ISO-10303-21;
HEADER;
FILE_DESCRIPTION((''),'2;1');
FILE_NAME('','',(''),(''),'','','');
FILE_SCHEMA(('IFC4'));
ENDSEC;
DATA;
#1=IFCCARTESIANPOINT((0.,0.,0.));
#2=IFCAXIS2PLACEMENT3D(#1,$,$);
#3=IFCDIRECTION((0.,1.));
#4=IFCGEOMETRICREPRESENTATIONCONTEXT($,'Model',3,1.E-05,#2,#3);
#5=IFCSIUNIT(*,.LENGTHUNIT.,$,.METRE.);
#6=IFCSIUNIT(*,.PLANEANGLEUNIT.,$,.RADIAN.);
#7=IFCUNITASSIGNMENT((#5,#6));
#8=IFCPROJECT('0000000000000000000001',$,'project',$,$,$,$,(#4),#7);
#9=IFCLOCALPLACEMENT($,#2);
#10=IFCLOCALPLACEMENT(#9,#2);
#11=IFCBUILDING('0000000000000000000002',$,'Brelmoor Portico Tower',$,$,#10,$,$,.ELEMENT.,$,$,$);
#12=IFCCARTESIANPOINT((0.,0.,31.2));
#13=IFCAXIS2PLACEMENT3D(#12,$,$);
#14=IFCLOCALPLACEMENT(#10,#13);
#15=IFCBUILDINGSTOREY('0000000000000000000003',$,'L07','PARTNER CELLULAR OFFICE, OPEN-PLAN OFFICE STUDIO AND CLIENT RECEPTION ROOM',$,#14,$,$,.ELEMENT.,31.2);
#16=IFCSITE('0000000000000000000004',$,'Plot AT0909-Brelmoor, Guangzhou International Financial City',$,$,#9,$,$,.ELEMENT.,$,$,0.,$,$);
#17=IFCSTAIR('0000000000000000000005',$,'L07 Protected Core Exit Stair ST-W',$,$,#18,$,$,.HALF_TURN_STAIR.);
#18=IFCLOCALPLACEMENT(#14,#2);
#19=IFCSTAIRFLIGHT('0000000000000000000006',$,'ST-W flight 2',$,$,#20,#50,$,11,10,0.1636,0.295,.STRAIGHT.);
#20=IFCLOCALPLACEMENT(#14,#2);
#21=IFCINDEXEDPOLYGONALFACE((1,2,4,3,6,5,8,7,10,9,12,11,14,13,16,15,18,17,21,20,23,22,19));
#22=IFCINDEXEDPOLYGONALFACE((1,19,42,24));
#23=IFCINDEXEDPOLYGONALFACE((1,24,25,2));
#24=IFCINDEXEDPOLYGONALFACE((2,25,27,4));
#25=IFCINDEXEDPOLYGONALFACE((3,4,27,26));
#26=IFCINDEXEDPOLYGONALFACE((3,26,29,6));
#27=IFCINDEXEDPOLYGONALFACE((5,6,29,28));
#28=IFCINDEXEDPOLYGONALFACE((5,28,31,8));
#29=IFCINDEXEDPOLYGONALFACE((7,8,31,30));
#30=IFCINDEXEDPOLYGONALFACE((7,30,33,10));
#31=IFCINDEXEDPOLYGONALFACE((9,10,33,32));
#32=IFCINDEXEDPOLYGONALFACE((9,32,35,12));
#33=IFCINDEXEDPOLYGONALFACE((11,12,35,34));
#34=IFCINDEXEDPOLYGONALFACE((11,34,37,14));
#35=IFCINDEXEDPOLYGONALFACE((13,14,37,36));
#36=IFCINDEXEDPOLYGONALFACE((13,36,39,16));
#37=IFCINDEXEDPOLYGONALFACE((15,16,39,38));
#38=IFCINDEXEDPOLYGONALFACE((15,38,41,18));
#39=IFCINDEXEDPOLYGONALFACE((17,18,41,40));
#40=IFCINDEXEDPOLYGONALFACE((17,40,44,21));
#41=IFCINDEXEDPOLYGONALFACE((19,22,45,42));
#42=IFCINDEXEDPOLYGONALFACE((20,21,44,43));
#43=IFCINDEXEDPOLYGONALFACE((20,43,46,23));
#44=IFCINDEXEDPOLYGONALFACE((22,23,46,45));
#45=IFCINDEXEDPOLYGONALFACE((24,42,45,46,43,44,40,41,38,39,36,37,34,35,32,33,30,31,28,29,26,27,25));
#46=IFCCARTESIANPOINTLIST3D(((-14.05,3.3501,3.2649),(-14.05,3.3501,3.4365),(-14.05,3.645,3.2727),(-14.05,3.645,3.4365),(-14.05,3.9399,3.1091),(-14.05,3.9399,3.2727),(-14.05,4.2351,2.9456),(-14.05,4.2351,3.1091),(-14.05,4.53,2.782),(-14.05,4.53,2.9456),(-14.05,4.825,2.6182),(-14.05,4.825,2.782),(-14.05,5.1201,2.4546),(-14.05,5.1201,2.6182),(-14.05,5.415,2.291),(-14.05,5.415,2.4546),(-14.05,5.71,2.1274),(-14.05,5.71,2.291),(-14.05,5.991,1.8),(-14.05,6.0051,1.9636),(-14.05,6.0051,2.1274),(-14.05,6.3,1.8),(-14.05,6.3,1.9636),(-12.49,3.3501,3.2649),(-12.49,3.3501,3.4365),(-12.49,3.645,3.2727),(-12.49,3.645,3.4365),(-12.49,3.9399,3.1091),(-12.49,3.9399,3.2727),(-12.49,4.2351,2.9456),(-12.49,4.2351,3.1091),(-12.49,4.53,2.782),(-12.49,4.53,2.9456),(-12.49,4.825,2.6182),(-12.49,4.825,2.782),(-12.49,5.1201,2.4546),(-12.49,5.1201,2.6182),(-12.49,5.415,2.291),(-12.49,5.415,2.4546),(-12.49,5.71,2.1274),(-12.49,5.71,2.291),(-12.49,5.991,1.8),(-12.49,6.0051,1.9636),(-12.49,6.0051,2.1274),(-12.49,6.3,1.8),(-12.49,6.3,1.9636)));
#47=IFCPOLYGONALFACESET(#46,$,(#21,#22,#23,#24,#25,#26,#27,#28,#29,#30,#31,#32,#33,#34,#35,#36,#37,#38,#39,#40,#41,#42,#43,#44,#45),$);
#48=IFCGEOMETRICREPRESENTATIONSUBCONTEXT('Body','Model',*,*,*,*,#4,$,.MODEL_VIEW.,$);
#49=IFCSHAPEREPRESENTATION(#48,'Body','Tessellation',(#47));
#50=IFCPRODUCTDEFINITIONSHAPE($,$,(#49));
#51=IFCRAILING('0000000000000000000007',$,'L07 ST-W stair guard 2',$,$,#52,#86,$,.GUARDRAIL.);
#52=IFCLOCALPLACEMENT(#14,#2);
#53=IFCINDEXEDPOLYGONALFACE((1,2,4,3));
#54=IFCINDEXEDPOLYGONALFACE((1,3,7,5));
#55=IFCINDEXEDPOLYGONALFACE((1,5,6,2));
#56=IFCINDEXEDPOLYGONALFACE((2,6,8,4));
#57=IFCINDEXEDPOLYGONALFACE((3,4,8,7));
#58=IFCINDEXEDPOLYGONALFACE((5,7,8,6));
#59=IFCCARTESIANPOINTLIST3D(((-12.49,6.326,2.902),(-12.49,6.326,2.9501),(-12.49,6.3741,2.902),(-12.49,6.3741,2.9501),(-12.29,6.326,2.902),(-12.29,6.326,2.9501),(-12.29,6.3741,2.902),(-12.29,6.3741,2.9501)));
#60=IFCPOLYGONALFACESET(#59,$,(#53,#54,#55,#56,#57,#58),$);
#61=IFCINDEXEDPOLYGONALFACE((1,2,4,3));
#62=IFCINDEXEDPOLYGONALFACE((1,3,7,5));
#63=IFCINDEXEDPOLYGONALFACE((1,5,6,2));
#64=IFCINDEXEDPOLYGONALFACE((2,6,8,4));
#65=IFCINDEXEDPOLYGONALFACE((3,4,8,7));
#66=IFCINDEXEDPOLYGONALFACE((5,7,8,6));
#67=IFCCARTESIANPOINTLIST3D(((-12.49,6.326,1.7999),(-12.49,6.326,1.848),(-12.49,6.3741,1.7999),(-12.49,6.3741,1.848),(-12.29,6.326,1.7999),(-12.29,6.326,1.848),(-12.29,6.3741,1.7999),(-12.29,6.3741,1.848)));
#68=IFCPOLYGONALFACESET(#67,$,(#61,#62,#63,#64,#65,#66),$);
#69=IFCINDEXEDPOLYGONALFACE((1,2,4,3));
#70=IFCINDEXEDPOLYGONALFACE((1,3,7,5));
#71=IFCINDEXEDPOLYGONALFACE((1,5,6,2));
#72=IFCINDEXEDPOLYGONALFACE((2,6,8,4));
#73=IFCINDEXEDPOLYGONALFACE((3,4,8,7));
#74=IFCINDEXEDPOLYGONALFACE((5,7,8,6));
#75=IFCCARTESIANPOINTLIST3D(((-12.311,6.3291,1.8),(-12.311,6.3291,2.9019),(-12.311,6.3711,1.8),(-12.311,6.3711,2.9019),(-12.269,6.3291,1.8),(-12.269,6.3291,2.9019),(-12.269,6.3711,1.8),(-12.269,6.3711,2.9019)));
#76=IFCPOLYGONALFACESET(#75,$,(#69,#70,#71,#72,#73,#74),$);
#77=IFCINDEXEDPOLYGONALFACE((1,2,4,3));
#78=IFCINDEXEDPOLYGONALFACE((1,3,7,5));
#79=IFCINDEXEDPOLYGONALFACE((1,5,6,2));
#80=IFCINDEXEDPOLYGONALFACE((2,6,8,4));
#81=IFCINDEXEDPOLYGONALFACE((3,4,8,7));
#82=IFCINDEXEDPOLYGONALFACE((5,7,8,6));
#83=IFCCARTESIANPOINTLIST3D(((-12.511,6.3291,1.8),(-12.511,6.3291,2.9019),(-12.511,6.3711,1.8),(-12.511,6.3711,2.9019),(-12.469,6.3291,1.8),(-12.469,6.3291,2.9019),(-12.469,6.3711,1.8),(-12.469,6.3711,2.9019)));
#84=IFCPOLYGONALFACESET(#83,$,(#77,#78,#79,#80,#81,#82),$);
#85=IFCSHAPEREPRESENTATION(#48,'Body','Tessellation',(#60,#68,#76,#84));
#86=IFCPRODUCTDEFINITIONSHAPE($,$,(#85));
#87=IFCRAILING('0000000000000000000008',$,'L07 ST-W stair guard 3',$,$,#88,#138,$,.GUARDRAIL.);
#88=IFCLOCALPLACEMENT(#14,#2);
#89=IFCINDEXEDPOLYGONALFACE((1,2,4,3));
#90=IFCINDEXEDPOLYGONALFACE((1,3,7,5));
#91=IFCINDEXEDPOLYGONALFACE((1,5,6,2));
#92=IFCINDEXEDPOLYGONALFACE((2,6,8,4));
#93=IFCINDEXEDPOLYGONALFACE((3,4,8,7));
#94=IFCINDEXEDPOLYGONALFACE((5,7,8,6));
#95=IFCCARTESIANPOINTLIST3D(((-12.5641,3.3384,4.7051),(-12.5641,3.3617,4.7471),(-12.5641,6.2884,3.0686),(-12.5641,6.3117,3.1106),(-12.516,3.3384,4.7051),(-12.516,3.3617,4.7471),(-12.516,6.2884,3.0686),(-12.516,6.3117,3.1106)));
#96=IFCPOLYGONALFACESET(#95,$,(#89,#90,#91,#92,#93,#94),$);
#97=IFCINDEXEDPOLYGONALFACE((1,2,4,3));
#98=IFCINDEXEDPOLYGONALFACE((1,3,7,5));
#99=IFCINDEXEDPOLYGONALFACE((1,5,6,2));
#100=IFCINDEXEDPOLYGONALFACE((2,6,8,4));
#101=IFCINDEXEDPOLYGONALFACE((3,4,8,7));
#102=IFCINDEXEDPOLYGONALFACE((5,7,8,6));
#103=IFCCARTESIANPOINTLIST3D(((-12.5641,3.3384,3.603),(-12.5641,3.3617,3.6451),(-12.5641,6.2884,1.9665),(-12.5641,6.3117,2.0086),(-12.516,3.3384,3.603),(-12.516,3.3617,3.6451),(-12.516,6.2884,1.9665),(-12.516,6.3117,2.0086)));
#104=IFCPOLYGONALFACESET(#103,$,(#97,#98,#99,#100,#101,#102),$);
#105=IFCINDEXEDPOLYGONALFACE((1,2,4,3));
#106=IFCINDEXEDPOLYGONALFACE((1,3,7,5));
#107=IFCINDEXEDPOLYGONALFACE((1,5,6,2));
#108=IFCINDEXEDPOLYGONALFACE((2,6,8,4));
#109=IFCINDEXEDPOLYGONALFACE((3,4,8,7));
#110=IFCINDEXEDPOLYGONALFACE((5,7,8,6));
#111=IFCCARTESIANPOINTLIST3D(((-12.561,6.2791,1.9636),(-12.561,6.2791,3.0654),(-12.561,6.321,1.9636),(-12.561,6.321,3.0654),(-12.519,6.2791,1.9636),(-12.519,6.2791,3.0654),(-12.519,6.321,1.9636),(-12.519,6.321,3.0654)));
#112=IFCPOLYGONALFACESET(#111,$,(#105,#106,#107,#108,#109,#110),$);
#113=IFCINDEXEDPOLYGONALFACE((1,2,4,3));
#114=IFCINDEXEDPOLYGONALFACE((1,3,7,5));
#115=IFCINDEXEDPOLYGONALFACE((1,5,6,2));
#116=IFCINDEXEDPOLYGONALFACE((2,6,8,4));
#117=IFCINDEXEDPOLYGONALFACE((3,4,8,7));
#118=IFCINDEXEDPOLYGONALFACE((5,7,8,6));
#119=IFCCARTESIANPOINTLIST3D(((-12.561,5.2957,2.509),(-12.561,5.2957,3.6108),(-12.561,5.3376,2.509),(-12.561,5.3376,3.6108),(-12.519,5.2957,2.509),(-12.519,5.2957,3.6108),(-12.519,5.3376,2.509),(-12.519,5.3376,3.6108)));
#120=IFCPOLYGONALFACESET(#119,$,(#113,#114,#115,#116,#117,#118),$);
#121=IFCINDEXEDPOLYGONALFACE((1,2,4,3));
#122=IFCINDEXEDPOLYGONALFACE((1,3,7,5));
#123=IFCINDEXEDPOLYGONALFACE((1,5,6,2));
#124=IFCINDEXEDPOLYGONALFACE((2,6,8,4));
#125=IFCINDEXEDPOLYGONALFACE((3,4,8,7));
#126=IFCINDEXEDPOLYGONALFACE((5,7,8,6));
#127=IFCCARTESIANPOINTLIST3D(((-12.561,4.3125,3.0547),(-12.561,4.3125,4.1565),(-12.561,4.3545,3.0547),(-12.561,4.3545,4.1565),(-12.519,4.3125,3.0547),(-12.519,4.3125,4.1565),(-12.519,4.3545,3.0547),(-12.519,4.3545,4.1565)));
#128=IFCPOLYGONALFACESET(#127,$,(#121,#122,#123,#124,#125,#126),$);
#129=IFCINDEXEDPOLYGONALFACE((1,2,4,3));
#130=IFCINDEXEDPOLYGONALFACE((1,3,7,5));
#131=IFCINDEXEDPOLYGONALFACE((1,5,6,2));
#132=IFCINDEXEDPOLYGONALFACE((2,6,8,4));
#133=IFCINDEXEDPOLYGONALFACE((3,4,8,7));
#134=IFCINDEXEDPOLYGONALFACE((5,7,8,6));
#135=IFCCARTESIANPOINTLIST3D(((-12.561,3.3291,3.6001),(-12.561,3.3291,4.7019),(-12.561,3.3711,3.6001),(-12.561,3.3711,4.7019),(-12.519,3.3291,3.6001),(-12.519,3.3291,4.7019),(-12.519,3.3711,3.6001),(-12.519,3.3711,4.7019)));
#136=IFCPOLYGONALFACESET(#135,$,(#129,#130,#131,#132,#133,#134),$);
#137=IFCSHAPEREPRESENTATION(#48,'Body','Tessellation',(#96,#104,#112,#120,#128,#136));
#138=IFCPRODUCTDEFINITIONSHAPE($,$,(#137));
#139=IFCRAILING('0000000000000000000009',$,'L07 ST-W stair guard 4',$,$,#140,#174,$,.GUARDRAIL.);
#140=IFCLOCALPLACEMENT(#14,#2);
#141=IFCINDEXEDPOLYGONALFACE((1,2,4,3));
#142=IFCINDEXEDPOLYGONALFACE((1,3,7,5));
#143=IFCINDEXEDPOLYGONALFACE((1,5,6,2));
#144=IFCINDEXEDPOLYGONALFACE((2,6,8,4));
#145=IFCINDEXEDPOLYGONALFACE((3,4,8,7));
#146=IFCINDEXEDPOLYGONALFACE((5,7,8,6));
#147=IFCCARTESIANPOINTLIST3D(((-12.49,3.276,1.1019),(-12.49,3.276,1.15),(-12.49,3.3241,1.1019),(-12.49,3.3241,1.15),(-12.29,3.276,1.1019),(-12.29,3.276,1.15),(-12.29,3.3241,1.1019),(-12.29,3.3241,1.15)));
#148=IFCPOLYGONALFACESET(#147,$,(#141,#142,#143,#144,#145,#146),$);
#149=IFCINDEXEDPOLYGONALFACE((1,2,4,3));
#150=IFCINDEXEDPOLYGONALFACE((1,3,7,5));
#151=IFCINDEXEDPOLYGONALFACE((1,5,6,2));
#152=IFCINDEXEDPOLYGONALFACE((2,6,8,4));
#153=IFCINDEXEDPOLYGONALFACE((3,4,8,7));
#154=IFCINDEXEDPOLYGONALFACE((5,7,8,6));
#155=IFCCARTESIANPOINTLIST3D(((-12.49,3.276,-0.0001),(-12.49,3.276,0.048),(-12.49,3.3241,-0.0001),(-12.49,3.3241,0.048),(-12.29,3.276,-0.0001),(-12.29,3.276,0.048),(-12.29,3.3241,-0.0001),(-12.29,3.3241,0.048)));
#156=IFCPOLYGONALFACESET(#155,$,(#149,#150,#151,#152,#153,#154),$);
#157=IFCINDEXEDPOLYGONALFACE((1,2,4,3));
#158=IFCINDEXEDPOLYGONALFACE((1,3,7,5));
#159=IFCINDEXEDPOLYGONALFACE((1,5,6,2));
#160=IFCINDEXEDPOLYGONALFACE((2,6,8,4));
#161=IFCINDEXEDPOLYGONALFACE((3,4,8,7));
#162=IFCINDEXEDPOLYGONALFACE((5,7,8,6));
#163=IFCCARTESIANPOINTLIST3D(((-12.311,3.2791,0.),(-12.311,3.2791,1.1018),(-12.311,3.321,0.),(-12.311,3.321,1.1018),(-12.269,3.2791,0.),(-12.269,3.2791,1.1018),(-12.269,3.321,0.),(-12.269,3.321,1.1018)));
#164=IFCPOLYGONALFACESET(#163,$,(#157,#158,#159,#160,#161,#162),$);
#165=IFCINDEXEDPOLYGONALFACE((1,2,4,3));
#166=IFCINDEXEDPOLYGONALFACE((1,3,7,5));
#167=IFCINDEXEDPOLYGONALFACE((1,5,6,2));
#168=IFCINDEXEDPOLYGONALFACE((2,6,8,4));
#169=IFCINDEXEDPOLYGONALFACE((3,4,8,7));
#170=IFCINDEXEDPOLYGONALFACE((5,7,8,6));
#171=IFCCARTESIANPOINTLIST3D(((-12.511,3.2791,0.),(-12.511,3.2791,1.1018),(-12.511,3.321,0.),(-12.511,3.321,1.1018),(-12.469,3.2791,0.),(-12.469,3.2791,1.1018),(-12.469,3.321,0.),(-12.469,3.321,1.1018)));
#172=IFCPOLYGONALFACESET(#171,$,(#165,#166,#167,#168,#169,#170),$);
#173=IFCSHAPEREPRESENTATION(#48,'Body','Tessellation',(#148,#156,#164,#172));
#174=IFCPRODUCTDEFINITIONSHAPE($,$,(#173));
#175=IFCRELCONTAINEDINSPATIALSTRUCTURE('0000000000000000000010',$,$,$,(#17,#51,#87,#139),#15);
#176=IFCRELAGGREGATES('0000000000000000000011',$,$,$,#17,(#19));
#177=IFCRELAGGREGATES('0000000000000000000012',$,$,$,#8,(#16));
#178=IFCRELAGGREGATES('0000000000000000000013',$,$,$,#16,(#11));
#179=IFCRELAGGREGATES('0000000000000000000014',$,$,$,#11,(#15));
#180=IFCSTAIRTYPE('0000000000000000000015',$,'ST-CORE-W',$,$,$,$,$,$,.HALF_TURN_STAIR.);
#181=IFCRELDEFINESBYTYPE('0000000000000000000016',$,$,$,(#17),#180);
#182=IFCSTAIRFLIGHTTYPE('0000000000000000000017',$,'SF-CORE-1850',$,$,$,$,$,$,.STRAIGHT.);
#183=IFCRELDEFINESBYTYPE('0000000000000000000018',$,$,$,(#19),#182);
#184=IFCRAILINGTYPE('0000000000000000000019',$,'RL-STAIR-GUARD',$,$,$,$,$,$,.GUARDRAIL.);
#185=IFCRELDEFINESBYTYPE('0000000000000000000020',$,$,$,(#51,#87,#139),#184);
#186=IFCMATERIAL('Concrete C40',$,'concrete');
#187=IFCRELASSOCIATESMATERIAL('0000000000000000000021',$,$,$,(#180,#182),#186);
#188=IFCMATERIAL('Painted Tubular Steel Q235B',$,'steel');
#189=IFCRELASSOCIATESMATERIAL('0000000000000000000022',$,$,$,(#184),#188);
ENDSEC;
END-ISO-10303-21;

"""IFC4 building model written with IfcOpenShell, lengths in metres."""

from ifc_helpers import new_model, si_unit, direction, frame, origin, origin_2d, place, context, subcontext, project, spatial, polyline, rectangle, outline, extrude, material, type_object, element, aggregate, save


model = new_model("IFC4")

# Units and contexts
model_context = context("Model", 3, precision=1e-05, world=origin(), true_north=direction((0.0, 1.0)))
body_context = subcontext(model_context, "Body", "Model", "MODEL_VIEW")
ifc_project = project(units=[si_unit("LENGTHUNIT", "METRE"), si_unit("PLANEANGLEUNIT", "RADIAN")], contexts=[model_context])

# Site, building, storey
site_placement = place(None, origin())
site = spatial("IfcSite", under=ifc_project, at=site_placement, Name="Plot AT0909-Brelmoor, Guangzhou International Financial City", CompositionType="ELEMENT", RefElevation=0.0)
building_placement = place(site_placement, origin())
building = spatial("IfcBuilding", under=site, at=building_placement, Name="Brelmoor Portico Tower", CompositionType="ELEMENT")
storey_placement = place(building_placement, frame((0.0, 0.0, 31.2)))
storey = spatial("IfcBuildingStorey", under=building, at=storey_placement, Name="L07", Description="PARTNER CELLULAR OFFICE, OPEN-PLAN OFFICE STUDIO AND CLIENT RECEPTION ROOM", CompositionType="ELEMENT", Elevation=31.2)

# Shared definitions
ifc_material_1 = material(Name="Concrete C40", Category="concrete")

# Stair, stair flight
stair_type = type_object("IfcStairType", Name="ST-CORE-W", PredefinedType="HALF_TURN_STAIR", material=ifc_material_1)
stair_placement = place(storey_placement, origin())
stair = element("IfcStair", 1, at=stair_placement, inside=storey, type_object=stair_type, Name="L07 Protected Core Exit Stair ST-W", PredefinedType="HALF_TURN_STAIR")
stair_flight_type = type_object("IfcStairFlightType", Name="SF-CORE-1850", PredefinedType="STRAIGHT", material=ifc_material_1)
stair_flight_placement = place(storey_placement, frame((-13.27, 6.3, 1.8), z_axis=(0.0, 0.0, 1.0), x_axis=(0.0, -1.0, 0.0)))
stair_flight = element("IfcStairFlight", 2, at=stair_flight_placement, type_object=stair_flight_type, Name="ST-W flight 2", NumberOfRisers=11, NumberOfTreads=10, PredefinedType="STRAIGHT", RiserHeight=0.1636, TreadLength=0.295, context=body_context, shape_type="SweptSolid", body=[
    extrude(outline(polyline([(0.0, 0.0), (0.0, 0.1636), (0.2949, 0.1636), (0.2949, 0.3274), (0.5901, 0.3274), (0.5901, 0.491), (0.885, 0.491), (0.885, 0.6545), (1.1799, 0.6545), (1.1799, 0.8181), (1.4751, 0.8181), (1.4751, 0.9819), (1.77, 0.9819), (1.77, 1.1455), (2.0649, 1.1455), (2.0649, 1.3091), (2.3601, 1.3091), (2.3601, 1.4727), (2.655, 1.4727), (2.655, 1.6365), (2.95, 1.6365), (2.95, 1.8), (2.95, 1.4648), (0.3091, 0.0), (0.0, 0.0)])), frame((0.0, 0.78, 0.0), z_axis=(0.0, -1.0, 0.0), x_axis=(1.0, 0.0, 0.0)), (0.0, 0.0, 1.0), 1.5601),
])
aggregate(stair, [stair_flight])

# Railings
ifc_material_2 = material(Name="Painted Tubular Steel Q235B", Category="steel")
railing_type_1 = type_object("IfcRailingType", Name="RL-STAIR-GUARD", PredefinedType="GUARDRAIL", material=ifc_material_2)
railing_1_placement = place(storey_placement, frame((-12.29, 6.3501, 1.8)))
element("IfcRailing", 3, at=railing_1_placement, inside=storey, type_object=railing_type_1, Name="L07 ST-W stair guard 2", PredefinedType="GUARDRAIL", context=body_context, shape_type="SweptSolid", body=[
    extrude(rectangle(XDim=0.0481, YDim=0.0481, at=origin_2d()), frame((0.0, 0.0, 1.126), z_axis=(-1.0, 0.0, 0.0), x_axis=(0.0, -1.0, 0.0)), (0.0, 0.0, 1.0), 0.2),
    extrude(rectangle(XDim=0.0481, YDim=0.0481, at=origin_2d()), frame((0.0, 0.0, 0.0239), z_axis=(-1.0, 0.0, 0.0), x_axis=(0.0, -1.0, 0.0)), (0.0, 0.0, 1.0), 0.2),
    extrude(rectangle(XDim=0.042, YDim=0.042, at=origin_2d()), origin(), (0.0, 0.0, 1.0), 1.1018),
    extrude(rectangle(XDim=0.042, YDim=0.042, at=origin_2d()), frame((-0.2, 0.0, 0.0)), (0.0, 0.0, 1.0), 1.1018),
])
railing_2_placement = place(storey_placement, frame((-12.54, 6.3, 1.9636)))
element("IfcRailing", 4, at=railing_2_placement, inside=storey, type_object=railing_type_1, Name="L07 ST-W stair guard 3", PredefinedType="GUARDRAIL", context=body_context, shape_type="SweptSolid", body=[
    extrude(rectangle(XDim=0.0481, YDim=0.0481, at=origin_2d()), frame((0.0, 0.0, 1.126), z_axis=(0.0, -0.874458, 0.485102), x_axis=(1.0, 0.0, 0.0)), (0.0, 0.0, 1.0), 3.3735),
    extrude(rectangle(XDim=0.0481, YDim=0.0481, at=origin_2d()), frame((0.0, 0.0, 0.0239), z_axis=(0.0, -0.874458, 0.485102), x_axis=(1.0, 0.0, 0.0)), (0.0, 0.0, 1.0), 3.3735),
    extrude(rectangle(XDim=0.042, YDim=0.042, at=origin_2d()), origin(), (0.0, 0.0, 1.0), 1.1018),
    extrude(rectangle(XDim=0.042, YDim=0.042, at=origin_2d()), frame((0.0, -0.9834, 0.5454)), (0.0, 0.0, 1.0), 1.1018),
    extrude(rectangle(XDim=0.042, YDim=0.042, at=origin_2d()), frame((0.0, -1.9666, 1.0911)), (0.0, 0.0, 1.0), 1.1018),
    extrude(rectangle(XDim=0.042, YDim=0.042, at=origin_2d()), frame((0.0, -2.95, 1.6365)), (0.0, 0.0, 1.0), 1.1018),
])
railing_3_placement = place(storey_placement, frame((-12.29, 3.3, 0.0)))
element("IfcRailing", 5, at=railing_3_placement, inside=storey, type_object=railing_type_1, Name="L07 ST-W stair guard 4", PredefinedType="GUARDRAIL", context=body_context, shape_type="SweptSolid", body=[
    extrude(rectangle(XDim=0.0481, YDim=0.0481, at=origin_2d()), frame((0.0, 0.0, 1.126), z_axis=(-1.0, 0.0, 0.0), x_axis=(0.0, -1.0, 0.0)), (0.0, 0.0, 1.0), 0.2),
    extrude(rectangle(XDim=0.0481, YDim=0.0481, at=origin_2d()), frame((0.0, 0.0, 0.0239), z_axis=(-1.0, 0.0, 0.0), x_axis=(0.0, -1.0, 0.0)), (0.0, 0.0, 1.0), 0.2),
    extrude(rectangle(XDim=0.042, YDim=0.042, at=origin_2d()), origin(), (0.0, 0.0, 1.0), 1.1018),
    extrude(rectangle(XDim=0.042, YDim=0.042, at=origin_2d()), frame((-0.2, 0.0, 0.0)), (0.0, 0.0, 1.0), 1.1018),
])

save(model, "model.ifc")
